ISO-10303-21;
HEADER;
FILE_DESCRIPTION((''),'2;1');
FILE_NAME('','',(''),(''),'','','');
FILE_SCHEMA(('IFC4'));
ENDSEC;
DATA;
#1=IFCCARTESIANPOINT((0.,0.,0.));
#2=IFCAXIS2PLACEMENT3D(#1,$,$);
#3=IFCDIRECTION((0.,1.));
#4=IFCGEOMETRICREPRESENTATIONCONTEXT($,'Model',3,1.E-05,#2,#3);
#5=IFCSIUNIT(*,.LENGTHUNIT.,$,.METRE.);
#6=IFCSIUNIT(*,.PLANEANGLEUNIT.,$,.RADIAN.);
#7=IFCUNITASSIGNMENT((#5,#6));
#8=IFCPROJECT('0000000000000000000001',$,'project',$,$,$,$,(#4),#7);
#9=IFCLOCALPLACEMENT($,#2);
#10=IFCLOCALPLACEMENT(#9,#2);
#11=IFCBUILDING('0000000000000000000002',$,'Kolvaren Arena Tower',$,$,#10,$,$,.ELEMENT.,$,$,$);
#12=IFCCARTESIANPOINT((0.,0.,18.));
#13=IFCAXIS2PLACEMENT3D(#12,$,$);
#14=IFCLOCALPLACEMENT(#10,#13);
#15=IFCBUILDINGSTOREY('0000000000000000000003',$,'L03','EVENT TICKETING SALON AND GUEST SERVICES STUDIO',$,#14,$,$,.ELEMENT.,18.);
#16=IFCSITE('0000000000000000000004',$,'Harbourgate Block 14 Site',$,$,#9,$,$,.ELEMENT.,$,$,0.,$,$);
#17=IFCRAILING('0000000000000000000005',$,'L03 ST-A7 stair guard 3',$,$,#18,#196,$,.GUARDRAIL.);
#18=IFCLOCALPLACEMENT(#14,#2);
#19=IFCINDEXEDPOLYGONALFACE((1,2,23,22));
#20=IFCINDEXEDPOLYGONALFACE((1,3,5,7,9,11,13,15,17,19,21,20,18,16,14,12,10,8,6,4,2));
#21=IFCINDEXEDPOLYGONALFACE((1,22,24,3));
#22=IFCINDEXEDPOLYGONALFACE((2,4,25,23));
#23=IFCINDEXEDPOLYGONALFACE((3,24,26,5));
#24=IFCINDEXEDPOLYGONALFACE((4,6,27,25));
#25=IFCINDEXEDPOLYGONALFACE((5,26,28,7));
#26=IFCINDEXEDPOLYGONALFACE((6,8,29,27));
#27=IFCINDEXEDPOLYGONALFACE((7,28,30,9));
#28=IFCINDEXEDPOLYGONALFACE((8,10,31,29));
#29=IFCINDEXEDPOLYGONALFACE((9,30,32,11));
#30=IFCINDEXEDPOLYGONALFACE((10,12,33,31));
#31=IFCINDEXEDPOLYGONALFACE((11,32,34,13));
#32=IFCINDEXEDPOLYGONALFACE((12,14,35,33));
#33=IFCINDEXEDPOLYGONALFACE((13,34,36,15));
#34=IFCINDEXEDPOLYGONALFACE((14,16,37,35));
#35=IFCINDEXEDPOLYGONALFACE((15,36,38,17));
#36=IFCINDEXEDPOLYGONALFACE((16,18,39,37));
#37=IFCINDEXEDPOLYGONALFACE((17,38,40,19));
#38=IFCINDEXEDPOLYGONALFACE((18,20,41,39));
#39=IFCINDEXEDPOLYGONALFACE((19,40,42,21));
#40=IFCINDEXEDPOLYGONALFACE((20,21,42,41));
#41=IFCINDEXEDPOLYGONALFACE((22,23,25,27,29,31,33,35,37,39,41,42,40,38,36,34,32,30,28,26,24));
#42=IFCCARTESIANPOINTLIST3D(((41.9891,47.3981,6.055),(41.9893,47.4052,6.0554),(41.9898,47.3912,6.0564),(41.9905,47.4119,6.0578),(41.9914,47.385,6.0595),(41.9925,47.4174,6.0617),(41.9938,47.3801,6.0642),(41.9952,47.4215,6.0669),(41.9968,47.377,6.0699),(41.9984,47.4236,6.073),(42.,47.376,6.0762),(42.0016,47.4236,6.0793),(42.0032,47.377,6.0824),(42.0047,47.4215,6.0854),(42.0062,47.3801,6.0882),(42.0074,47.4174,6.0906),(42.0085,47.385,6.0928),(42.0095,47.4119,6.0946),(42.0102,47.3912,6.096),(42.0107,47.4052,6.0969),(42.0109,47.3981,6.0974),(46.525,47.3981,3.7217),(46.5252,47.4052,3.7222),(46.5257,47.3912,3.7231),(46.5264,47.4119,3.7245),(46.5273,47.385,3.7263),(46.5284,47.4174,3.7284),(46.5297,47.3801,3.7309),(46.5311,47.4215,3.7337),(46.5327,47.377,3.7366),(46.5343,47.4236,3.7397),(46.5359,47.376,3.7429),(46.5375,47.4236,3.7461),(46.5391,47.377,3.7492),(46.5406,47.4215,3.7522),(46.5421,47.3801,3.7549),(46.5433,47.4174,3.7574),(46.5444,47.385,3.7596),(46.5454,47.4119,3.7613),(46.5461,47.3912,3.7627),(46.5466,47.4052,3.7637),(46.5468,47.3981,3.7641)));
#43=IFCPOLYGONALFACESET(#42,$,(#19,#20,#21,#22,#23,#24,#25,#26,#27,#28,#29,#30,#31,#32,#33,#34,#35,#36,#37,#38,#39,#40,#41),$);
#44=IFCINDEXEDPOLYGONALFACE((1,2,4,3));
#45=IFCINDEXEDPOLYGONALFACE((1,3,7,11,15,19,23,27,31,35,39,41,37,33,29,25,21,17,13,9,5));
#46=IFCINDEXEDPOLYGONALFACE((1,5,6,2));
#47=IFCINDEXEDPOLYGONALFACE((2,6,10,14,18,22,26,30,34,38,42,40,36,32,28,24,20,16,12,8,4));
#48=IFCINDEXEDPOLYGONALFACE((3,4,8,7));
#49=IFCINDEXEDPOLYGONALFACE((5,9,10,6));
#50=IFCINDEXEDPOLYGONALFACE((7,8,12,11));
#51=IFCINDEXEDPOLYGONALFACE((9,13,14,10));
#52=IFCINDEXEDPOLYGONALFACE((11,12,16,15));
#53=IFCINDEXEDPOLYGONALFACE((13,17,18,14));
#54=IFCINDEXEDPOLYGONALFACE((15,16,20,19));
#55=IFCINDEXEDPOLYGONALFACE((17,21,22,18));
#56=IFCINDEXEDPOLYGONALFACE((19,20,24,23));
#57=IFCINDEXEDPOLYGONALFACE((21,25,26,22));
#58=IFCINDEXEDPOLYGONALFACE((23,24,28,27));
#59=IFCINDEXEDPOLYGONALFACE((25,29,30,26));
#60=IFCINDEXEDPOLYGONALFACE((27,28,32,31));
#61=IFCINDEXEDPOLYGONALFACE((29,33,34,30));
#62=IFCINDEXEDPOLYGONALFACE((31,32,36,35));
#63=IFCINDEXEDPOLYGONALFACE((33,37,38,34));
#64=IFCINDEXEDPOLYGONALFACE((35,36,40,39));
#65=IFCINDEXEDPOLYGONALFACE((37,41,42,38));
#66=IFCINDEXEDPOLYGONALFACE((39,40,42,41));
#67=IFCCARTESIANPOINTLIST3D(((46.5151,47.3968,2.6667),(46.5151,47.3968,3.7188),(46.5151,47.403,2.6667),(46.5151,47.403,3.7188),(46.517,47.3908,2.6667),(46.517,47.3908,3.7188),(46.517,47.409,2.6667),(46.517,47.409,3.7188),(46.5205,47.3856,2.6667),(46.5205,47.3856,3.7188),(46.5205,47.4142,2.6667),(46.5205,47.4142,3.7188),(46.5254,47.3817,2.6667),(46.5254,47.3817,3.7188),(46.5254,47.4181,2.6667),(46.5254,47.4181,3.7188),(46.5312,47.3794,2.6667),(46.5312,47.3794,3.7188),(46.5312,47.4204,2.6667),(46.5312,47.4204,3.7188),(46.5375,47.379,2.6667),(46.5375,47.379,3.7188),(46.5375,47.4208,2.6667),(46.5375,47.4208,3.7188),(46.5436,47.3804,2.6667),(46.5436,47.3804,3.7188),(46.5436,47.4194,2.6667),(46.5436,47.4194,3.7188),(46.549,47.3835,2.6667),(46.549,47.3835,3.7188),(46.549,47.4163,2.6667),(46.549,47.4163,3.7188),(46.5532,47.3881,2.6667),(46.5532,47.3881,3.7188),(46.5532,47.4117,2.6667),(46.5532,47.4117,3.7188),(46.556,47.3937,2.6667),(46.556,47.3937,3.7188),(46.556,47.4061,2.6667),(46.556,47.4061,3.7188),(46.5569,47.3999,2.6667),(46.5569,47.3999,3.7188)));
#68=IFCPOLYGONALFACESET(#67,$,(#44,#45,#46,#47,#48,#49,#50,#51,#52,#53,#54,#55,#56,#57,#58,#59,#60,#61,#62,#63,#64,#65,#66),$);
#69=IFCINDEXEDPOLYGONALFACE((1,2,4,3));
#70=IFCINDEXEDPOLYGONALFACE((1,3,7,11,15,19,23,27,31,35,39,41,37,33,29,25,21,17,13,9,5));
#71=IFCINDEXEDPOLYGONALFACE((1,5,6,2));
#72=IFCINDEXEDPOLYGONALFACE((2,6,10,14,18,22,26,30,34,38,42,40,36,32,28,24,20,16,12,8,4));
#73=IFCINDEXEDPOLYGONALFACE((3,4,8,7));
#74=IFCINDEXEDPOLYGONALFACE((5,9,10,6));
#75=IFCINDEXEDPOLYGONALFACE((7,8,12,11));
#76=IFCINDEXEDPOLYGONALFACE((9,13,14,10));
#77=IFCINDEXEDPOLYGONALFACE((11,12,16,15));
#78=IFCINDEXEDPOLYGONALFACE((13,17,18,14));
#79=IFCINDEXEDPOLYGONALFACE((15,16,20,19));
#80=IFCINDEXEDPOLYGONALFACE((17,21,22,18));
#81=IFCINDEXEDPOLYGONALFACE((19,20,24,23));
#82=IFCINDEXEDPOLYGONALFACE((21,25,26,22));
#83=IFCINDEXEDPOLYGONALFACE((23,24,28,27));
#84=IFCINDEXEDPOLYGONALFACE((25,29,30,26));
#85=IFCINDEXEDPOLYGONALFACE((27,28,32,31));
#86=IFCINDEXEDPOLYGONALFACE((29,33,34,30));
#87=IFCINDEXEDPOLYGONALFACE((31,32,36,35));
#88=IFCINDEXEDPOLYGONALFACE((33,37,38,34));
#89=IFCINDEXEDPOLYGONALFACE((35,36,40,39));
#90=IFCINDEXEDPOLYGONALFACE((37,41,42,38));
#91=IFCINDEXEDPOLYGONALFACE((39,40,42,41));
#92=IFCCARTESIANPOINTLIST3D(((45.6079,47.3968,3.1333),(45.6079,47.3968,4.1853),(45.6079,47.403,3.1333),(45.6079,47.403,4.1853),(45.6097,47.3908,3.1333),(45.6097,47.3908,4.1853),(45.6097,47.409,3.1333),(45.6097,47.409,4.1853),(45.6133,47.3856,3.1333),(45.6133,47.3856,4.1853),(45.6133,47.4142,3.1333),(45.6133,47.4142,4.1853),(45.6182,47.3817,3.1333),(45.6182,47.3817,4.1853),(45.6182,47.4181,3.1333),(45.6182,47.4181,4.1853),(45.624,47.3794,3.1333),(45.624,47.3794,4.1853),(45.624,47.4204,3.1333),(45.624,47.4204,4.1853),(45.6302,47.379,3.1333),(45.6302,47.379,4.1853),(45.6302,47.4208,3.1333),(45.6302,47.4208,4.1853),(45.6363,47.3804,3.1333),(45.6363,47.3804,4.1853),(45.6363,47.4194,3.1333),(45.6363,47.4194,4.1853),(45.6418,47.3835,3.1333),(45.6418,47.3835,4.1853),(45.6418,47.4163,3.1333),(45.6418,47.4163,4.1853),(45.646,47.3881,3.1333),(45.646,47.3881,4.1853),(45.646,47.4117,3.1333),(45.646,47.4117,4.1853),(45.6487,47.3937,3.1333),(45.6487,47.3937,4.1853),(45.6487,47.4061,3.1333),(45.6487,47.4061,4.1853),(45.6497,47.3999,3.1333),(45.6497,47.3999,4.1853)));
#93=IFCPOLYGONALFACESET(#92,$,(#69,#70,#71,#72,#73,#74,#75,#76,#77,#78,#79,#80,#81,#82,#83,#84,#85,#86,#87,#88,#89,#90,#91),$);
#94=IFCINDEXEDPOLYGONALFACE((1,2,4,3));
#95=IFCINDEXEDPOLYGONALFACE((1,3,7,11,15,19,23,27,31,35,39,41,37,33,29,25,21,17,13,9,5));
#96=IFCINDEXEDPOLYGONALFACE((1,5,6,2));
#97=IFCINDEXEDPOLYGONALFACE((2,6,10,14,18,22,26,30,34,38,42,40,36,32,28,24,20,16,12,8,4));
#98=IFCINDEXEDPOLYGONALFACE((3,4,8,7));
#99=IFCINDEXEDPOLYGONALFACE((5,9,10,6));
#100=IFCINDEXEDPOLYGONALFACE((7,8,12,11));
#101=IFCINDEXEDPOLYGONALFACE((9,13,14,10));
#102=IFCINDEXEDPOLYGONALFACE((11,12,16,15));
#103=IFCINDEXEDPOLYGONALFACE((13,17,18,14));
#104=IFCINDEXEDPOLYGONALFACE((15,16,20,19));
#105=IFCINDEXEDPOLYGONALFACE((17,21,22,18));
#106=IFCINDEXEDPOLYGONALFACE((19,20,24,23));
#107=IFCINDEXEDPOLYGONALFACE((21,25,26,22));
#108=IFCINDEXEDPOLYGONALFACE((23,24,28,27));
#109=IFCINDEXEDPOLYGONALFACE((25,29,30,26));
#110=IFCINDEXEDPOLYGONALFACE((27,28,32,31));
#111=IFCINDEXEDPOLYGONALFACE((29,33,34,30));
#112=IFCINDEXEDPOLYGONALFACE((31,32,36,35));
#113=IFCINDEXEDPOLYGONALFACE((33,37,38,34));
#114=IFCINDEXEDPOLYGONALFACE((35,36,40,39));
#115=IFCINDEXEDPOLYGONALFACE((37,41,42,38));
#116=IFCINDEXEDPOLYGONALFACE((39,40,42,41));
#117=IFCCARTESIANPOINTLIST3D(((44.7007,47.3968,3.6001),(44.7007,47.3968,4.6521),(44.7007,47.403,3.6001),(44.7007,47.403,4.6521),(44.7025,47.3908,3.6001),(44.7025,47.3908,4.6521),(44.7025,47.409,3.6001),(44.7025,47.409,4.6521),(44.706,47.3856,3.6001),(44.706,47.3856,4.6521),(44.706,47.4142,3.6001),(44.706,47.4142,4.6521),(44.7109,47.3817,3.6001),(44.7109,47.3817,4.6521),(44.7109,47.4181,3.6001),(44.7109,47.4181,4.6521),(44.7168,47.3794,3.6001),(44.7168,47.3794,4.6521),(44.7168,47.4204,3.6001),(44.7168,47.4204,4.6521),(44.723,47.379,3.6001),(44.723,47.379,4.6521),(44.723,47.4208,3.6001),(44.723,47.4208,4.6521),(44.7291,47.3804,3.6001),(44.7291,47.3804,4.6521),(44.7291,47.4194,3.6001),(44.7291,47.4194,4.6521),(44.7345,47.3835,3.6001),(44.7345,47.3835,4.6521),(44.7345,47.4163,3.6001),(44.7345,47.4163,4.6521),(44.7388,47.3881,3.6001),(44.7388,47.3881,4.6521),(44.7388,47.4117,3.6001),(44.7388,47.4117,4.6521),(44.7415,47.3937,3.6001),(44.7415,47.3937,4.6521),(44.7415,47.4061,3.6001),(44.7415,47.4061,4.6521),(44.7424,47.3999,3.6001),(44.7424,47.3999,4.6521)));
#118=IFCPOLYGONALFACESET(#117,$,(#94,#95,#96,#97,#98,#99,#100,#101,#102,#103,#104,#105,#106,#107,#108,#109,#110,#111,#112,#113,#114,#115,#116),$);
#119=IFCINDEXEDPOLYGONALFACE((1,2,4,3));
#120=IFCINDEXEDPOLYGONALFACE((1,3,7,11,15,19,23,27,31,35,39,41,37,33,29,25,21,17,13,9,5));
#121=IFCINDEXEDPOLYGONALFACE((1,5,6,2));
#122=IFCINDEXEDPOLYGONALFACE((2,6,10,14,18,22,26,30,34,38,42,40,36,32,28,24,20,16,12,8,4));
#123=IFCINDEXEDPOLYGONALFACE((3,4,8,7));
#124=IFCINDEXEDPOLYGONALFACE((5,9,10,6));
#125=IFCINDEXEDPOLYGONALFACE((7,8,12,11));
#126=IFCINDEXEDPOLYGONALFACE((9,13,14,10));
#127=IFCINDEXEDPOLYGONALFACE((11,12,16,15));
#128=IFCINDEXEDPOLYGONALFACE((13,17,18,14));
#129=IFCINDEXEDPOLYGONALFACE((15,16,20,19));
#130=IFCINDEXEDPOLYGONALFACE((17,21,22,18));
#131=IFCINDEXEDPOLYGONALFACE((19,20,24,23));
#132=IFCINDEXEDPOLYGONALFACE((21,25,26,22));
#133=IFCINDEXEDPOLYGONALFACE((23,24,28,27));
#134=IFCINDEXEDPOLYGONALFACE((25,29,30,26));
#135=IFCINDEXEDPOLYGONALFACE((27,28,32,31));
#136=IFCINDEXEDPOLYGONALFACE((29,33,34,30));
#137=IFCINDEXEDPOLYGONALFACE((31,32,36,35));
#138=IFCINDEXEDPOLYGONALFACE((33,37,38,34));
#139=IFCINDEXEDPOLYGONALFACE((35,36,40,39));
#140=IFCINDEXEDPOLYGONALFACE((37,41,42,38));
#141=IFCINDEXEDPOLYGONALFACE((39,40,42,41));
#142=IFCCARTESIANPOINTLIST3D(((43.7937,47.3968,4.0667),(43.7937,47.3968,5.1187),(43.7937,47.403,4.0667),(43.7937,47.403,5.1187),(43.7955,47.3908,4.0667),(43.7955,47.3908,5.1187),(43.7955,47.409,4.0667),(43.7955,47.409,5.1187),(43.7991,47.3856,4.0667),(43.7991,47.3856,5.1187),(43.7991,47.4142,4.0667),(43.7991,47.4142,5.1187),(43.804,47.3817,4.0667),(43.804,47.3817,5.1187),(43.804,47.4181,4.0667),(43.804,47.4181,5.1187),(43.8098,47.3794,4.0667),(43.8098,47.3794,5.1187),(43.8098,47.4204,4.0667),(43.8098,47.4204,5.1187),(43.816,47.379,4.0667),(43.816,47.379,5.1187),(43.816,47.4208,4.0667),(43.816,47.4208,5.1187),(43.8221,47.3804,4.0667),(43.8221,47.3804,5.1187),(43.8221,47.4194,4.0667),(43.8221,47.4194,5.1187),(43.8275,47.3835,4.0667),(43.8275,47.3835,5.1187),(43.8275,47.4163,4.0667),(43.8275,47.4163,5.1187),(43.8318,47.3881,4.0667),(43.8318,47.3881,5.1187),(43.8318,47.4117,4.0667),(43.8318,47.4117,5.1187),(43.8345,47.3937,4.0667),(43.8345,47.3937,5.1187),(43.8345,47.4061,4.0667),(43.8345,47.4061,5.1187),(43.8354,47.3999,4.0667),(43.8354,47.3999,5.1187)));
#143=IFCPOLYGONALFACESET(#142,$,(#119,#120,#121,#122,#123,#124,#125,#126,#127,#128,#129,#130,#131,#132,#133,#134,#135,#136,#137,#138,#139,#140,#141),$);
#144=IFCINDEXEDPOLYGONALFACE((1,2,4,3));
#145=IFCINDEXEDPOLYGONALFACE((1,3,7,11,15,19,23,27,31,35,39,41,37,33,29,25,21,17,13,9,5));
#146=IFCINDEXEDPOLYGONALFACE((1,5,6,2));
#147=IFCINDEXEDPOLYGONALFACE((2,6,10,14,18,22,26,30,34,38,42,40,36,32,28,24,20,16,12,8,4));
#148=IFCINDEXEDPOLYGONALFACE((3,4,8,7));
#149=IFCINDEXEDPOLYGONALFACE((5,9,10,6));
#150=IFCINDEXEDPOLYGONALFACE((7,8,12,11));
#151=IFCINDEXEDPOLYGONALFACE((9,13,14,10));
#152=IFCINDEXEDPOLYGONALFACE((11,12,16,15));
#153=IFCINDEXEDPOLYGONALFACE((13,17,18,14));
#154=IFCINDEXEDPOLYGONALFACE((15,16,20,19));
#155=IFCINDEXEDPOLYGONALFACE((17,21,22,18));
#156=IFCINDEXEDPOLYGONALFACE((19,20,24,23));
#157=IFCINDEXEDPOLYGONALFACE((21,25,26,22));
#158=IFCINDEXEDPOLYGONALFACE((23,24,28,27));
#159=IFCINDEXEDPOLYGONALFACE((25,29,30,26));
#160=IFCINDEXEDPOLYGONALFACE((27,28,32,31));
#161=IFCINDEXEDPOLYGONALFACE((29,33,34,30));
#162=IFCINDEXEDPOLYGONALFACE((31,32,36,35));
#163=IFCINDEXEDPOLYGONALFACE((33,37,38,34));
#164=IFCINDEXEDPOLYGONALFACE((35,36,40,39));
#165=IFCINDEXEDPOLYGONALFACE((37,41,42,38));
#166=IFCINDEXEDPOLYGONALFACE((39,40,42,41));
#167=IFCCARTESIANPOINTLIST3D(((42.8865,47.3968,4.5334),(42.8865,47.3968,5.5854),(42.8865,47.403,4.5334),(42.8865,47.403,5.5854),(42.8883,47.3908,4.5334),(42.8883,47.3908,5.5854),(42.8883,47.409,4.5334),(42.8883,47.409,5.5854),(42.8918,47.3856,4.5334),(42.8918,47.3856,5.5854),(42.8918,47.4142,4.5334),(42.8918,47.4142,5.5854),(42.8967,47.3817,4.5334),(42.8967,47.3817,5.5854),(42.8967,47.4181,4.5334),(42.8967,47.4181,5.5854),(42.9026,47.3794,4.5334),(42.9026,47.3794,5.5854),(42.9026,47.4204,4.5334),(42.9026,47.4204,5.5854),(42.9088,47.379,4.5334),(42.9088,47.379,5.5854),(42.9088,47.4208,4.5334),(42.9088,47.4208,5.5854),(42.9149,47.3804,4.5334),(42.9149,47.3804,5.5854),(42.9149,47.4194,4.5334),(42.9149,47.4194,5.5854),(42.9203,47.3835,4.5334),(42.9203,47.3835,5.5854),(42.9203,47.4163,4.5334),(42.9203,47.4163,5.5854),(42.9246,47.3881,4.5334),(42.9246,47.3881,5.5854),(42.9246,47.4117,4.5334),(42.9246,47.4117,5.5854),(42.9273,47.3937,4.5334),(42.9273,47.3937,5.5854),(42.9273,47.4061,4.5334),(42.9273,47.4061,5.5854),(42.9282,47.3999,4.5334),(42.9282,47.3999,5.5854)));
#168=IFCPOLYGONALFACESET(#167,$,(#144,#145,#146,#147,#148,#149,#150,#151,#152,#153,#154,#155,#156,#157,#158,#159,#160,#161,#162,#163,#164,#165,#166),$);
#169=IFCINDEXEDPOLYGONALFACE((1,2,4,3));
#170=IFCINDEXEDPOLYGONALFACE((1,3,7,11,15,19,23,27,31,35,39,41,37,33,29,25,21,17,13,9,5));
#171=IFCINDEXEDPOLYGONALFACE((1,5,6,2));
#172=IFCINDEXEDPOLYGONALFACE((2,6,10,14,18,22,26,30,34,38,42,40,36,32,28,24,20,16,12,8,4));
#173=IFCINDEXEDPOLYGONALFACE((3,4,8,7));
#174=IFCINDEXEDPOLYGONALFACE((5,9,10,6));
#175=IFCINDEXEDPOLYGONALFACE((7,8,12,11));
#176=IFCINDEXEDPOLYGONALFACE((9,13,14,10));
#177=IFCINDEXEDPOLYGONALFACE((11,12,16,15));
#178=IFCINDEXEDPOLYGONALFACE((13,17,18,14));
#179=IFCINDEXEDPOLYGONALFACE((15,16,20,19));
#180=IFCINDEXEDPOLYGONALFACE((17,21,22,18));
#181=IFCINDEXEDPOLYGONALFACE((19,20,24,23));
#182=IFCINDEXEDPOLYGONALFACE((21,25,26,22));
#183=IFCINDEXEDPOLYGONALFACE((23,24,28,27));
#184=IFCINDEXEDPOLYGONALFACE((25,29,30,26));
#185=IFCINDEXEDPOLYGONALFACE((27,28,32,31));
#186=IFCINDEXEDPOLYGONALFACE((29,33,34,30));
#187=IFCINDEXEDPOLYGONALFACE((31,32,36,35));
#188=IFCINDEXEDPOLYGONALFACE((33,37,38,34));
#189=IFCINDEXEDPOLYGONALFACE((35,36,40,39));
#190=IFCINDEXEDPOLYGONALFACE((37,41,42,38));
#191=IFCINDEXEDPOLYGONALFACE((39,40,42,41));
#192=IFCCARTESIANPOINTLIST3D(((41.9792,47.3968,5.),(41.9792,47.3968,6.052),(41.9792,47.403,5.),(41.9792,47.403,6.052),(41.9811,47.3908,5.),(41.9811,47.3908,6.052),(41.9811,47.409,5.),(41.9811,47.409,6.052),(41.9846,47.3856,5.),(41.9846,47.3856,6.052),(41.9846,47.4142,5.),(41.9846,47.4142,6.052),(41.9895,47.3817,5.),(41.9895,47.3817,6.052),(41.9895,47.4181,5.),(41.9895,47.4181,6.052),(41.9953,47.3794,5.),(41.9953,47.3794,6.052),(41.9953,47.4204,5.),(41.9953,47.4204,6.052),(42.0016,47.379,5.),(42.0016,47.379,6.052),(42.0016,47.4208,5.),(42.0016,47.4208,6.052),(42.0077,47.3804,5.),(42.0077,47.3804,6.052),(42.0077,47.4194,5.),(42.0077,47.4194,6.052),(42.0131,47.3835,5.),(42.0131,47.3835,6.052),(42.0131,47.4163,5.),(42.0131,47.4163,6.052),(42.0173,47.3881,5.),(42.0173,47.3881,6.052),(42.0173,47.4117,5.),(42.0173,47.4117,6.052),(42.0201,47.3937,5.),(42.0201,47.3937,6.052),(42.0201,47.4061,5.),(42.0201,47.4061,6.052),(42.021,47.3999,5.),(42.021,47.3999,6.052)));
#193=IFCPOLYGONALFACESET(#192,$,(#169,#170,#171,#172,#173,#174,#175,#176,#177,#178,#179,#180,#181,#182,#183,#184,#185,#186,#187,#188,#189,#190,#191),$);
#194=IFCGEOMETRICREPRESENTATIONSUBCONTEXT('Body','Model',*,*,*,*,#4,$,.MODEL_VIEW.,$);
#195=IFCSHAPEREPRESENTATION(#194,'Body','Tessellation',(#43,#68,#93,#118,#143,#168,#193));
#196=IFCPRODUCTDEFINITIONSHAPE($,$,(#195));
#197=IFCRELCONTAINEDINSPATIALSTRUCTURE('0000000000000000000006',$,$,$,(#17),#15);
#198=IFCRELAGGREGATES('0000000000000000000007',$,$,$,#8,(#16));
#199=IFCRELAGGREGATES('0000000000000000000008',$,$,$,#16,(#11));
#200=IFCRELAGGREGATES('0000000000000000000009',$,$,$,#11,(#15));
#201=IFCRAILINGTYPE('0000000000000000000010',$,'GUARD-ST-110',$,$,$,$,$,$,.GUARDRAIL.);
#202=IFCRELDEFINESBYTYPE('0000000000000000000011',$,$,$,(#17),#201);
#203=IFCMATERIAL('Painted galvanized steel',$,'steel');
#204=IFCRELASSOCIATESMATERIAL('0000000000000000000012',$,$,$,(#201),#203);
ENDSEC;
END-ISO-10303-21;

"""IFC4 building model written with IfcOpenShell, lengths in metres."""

from ifc_helpers import new_model, si_unit, direction, frame, origin, origin_2d, place, context, subcontext, project, spatial, circle, extrude, material, type_object, element, save


model = new_model("IFC4")

# Units and contexts
model_context = context("Model", 3, precision=1e-05, world=origin(), true_north=direction((0.0, 1.0)))
body_context = subcontext(model_context, "Body", "Model", "MODEL_VIEW")
ifc_project = project(units=[si_unit("LENGTHUNIT", "METRE"), si_unit("PLANEANGLEUNIT", "RADIAN")], contexts=[model_context])

# Site, building, storey
site_placement = place(None, origin())
site = spatial("IfcSite", under=ifc_project, at=site_placement, Name="Harbourgate Block 14 Site", CompositionType="ELEMENT", RefElevation=0.0)
building_placement = place(site_placement, origin())
building = spatial("IfcBuilding", under=site, at=building_placement, Name="Kolvaren Arena Tower", CompositionType="ELEMENT")
storey_placement = place(building_placement, frame((0.0, 0.0, 18.0)))
storey = spatial("IfcBuildingStorey", under=building, at=storey_placement, Name="L03", Description="EVENT TICKETING SALON AND GUEST SERVICES STUDIO", CompositionType="ELEMENT", Elevation=18.0)

# Railing
ifc_material_1 = material(Name="Painted galvanized steel", Category="steel")
railing_type_1 = type_object("IfcRailingType", Name="GUARD-ST-110", PredefinedType="GUARDRAIL", material=ifc_material_1)
railing_1_placement = place(storey_placement, frame((46.5359, 47.3999, 2.6667)))
element("IfcRailing", 1, at=railing_1_placement, inside=storey, type_object=railing_type_1, Name="L03 ST-A7 stair guard 3", PredefinedType="GUARDRAIL", context=body_context, shape_type="SweptSolid", body=[
    extrude(circle(Radius=0.0239, at=origin_2d()), frame((0.0, 0.0, 1.0762), z_axis=(-0.889247, 0.0, 0.457427), x_axis=(0.0, -1.0, 0.0)), (0.0, 0.0, 1.0), 5.1008),
    extrude(circle(Radius=0.021, at=origin_2d()), origin(), (0.0, 0.0, 1.0), 1.052),
    extrude(circle(Radius=0.021, at=origin_2d()), frame((-0.9072, 0.0, 0.4666)), (0.0, 0.0, 1.0), 1.052),
    extrude(circle(Radius=0.021, at=origin_2d()), frame((-1.8145, 0.0, 0.9333)), (0.0, 0.0, 1.0), 1.052),
    extrude(circle(Radius=0.021, at=origin_2d()), frame((-2.7214, 0.0, 1.3999)), (0.0, 0.0, 1.0), 1.052),
    extrude(circle(Radius=0.021, at=origin_2d()), frame((-3.6287, 0.0, 1.8667)), (0.0, 0.0, 1.0), 1.052),
    extrude(circle(Radius=0.021, at=origin_2d()), frame((-4.5359, 0.0, 2.3333)), (0.0, 0.0, 1.0), 1.052),
])

save(model, "model.ifc")
